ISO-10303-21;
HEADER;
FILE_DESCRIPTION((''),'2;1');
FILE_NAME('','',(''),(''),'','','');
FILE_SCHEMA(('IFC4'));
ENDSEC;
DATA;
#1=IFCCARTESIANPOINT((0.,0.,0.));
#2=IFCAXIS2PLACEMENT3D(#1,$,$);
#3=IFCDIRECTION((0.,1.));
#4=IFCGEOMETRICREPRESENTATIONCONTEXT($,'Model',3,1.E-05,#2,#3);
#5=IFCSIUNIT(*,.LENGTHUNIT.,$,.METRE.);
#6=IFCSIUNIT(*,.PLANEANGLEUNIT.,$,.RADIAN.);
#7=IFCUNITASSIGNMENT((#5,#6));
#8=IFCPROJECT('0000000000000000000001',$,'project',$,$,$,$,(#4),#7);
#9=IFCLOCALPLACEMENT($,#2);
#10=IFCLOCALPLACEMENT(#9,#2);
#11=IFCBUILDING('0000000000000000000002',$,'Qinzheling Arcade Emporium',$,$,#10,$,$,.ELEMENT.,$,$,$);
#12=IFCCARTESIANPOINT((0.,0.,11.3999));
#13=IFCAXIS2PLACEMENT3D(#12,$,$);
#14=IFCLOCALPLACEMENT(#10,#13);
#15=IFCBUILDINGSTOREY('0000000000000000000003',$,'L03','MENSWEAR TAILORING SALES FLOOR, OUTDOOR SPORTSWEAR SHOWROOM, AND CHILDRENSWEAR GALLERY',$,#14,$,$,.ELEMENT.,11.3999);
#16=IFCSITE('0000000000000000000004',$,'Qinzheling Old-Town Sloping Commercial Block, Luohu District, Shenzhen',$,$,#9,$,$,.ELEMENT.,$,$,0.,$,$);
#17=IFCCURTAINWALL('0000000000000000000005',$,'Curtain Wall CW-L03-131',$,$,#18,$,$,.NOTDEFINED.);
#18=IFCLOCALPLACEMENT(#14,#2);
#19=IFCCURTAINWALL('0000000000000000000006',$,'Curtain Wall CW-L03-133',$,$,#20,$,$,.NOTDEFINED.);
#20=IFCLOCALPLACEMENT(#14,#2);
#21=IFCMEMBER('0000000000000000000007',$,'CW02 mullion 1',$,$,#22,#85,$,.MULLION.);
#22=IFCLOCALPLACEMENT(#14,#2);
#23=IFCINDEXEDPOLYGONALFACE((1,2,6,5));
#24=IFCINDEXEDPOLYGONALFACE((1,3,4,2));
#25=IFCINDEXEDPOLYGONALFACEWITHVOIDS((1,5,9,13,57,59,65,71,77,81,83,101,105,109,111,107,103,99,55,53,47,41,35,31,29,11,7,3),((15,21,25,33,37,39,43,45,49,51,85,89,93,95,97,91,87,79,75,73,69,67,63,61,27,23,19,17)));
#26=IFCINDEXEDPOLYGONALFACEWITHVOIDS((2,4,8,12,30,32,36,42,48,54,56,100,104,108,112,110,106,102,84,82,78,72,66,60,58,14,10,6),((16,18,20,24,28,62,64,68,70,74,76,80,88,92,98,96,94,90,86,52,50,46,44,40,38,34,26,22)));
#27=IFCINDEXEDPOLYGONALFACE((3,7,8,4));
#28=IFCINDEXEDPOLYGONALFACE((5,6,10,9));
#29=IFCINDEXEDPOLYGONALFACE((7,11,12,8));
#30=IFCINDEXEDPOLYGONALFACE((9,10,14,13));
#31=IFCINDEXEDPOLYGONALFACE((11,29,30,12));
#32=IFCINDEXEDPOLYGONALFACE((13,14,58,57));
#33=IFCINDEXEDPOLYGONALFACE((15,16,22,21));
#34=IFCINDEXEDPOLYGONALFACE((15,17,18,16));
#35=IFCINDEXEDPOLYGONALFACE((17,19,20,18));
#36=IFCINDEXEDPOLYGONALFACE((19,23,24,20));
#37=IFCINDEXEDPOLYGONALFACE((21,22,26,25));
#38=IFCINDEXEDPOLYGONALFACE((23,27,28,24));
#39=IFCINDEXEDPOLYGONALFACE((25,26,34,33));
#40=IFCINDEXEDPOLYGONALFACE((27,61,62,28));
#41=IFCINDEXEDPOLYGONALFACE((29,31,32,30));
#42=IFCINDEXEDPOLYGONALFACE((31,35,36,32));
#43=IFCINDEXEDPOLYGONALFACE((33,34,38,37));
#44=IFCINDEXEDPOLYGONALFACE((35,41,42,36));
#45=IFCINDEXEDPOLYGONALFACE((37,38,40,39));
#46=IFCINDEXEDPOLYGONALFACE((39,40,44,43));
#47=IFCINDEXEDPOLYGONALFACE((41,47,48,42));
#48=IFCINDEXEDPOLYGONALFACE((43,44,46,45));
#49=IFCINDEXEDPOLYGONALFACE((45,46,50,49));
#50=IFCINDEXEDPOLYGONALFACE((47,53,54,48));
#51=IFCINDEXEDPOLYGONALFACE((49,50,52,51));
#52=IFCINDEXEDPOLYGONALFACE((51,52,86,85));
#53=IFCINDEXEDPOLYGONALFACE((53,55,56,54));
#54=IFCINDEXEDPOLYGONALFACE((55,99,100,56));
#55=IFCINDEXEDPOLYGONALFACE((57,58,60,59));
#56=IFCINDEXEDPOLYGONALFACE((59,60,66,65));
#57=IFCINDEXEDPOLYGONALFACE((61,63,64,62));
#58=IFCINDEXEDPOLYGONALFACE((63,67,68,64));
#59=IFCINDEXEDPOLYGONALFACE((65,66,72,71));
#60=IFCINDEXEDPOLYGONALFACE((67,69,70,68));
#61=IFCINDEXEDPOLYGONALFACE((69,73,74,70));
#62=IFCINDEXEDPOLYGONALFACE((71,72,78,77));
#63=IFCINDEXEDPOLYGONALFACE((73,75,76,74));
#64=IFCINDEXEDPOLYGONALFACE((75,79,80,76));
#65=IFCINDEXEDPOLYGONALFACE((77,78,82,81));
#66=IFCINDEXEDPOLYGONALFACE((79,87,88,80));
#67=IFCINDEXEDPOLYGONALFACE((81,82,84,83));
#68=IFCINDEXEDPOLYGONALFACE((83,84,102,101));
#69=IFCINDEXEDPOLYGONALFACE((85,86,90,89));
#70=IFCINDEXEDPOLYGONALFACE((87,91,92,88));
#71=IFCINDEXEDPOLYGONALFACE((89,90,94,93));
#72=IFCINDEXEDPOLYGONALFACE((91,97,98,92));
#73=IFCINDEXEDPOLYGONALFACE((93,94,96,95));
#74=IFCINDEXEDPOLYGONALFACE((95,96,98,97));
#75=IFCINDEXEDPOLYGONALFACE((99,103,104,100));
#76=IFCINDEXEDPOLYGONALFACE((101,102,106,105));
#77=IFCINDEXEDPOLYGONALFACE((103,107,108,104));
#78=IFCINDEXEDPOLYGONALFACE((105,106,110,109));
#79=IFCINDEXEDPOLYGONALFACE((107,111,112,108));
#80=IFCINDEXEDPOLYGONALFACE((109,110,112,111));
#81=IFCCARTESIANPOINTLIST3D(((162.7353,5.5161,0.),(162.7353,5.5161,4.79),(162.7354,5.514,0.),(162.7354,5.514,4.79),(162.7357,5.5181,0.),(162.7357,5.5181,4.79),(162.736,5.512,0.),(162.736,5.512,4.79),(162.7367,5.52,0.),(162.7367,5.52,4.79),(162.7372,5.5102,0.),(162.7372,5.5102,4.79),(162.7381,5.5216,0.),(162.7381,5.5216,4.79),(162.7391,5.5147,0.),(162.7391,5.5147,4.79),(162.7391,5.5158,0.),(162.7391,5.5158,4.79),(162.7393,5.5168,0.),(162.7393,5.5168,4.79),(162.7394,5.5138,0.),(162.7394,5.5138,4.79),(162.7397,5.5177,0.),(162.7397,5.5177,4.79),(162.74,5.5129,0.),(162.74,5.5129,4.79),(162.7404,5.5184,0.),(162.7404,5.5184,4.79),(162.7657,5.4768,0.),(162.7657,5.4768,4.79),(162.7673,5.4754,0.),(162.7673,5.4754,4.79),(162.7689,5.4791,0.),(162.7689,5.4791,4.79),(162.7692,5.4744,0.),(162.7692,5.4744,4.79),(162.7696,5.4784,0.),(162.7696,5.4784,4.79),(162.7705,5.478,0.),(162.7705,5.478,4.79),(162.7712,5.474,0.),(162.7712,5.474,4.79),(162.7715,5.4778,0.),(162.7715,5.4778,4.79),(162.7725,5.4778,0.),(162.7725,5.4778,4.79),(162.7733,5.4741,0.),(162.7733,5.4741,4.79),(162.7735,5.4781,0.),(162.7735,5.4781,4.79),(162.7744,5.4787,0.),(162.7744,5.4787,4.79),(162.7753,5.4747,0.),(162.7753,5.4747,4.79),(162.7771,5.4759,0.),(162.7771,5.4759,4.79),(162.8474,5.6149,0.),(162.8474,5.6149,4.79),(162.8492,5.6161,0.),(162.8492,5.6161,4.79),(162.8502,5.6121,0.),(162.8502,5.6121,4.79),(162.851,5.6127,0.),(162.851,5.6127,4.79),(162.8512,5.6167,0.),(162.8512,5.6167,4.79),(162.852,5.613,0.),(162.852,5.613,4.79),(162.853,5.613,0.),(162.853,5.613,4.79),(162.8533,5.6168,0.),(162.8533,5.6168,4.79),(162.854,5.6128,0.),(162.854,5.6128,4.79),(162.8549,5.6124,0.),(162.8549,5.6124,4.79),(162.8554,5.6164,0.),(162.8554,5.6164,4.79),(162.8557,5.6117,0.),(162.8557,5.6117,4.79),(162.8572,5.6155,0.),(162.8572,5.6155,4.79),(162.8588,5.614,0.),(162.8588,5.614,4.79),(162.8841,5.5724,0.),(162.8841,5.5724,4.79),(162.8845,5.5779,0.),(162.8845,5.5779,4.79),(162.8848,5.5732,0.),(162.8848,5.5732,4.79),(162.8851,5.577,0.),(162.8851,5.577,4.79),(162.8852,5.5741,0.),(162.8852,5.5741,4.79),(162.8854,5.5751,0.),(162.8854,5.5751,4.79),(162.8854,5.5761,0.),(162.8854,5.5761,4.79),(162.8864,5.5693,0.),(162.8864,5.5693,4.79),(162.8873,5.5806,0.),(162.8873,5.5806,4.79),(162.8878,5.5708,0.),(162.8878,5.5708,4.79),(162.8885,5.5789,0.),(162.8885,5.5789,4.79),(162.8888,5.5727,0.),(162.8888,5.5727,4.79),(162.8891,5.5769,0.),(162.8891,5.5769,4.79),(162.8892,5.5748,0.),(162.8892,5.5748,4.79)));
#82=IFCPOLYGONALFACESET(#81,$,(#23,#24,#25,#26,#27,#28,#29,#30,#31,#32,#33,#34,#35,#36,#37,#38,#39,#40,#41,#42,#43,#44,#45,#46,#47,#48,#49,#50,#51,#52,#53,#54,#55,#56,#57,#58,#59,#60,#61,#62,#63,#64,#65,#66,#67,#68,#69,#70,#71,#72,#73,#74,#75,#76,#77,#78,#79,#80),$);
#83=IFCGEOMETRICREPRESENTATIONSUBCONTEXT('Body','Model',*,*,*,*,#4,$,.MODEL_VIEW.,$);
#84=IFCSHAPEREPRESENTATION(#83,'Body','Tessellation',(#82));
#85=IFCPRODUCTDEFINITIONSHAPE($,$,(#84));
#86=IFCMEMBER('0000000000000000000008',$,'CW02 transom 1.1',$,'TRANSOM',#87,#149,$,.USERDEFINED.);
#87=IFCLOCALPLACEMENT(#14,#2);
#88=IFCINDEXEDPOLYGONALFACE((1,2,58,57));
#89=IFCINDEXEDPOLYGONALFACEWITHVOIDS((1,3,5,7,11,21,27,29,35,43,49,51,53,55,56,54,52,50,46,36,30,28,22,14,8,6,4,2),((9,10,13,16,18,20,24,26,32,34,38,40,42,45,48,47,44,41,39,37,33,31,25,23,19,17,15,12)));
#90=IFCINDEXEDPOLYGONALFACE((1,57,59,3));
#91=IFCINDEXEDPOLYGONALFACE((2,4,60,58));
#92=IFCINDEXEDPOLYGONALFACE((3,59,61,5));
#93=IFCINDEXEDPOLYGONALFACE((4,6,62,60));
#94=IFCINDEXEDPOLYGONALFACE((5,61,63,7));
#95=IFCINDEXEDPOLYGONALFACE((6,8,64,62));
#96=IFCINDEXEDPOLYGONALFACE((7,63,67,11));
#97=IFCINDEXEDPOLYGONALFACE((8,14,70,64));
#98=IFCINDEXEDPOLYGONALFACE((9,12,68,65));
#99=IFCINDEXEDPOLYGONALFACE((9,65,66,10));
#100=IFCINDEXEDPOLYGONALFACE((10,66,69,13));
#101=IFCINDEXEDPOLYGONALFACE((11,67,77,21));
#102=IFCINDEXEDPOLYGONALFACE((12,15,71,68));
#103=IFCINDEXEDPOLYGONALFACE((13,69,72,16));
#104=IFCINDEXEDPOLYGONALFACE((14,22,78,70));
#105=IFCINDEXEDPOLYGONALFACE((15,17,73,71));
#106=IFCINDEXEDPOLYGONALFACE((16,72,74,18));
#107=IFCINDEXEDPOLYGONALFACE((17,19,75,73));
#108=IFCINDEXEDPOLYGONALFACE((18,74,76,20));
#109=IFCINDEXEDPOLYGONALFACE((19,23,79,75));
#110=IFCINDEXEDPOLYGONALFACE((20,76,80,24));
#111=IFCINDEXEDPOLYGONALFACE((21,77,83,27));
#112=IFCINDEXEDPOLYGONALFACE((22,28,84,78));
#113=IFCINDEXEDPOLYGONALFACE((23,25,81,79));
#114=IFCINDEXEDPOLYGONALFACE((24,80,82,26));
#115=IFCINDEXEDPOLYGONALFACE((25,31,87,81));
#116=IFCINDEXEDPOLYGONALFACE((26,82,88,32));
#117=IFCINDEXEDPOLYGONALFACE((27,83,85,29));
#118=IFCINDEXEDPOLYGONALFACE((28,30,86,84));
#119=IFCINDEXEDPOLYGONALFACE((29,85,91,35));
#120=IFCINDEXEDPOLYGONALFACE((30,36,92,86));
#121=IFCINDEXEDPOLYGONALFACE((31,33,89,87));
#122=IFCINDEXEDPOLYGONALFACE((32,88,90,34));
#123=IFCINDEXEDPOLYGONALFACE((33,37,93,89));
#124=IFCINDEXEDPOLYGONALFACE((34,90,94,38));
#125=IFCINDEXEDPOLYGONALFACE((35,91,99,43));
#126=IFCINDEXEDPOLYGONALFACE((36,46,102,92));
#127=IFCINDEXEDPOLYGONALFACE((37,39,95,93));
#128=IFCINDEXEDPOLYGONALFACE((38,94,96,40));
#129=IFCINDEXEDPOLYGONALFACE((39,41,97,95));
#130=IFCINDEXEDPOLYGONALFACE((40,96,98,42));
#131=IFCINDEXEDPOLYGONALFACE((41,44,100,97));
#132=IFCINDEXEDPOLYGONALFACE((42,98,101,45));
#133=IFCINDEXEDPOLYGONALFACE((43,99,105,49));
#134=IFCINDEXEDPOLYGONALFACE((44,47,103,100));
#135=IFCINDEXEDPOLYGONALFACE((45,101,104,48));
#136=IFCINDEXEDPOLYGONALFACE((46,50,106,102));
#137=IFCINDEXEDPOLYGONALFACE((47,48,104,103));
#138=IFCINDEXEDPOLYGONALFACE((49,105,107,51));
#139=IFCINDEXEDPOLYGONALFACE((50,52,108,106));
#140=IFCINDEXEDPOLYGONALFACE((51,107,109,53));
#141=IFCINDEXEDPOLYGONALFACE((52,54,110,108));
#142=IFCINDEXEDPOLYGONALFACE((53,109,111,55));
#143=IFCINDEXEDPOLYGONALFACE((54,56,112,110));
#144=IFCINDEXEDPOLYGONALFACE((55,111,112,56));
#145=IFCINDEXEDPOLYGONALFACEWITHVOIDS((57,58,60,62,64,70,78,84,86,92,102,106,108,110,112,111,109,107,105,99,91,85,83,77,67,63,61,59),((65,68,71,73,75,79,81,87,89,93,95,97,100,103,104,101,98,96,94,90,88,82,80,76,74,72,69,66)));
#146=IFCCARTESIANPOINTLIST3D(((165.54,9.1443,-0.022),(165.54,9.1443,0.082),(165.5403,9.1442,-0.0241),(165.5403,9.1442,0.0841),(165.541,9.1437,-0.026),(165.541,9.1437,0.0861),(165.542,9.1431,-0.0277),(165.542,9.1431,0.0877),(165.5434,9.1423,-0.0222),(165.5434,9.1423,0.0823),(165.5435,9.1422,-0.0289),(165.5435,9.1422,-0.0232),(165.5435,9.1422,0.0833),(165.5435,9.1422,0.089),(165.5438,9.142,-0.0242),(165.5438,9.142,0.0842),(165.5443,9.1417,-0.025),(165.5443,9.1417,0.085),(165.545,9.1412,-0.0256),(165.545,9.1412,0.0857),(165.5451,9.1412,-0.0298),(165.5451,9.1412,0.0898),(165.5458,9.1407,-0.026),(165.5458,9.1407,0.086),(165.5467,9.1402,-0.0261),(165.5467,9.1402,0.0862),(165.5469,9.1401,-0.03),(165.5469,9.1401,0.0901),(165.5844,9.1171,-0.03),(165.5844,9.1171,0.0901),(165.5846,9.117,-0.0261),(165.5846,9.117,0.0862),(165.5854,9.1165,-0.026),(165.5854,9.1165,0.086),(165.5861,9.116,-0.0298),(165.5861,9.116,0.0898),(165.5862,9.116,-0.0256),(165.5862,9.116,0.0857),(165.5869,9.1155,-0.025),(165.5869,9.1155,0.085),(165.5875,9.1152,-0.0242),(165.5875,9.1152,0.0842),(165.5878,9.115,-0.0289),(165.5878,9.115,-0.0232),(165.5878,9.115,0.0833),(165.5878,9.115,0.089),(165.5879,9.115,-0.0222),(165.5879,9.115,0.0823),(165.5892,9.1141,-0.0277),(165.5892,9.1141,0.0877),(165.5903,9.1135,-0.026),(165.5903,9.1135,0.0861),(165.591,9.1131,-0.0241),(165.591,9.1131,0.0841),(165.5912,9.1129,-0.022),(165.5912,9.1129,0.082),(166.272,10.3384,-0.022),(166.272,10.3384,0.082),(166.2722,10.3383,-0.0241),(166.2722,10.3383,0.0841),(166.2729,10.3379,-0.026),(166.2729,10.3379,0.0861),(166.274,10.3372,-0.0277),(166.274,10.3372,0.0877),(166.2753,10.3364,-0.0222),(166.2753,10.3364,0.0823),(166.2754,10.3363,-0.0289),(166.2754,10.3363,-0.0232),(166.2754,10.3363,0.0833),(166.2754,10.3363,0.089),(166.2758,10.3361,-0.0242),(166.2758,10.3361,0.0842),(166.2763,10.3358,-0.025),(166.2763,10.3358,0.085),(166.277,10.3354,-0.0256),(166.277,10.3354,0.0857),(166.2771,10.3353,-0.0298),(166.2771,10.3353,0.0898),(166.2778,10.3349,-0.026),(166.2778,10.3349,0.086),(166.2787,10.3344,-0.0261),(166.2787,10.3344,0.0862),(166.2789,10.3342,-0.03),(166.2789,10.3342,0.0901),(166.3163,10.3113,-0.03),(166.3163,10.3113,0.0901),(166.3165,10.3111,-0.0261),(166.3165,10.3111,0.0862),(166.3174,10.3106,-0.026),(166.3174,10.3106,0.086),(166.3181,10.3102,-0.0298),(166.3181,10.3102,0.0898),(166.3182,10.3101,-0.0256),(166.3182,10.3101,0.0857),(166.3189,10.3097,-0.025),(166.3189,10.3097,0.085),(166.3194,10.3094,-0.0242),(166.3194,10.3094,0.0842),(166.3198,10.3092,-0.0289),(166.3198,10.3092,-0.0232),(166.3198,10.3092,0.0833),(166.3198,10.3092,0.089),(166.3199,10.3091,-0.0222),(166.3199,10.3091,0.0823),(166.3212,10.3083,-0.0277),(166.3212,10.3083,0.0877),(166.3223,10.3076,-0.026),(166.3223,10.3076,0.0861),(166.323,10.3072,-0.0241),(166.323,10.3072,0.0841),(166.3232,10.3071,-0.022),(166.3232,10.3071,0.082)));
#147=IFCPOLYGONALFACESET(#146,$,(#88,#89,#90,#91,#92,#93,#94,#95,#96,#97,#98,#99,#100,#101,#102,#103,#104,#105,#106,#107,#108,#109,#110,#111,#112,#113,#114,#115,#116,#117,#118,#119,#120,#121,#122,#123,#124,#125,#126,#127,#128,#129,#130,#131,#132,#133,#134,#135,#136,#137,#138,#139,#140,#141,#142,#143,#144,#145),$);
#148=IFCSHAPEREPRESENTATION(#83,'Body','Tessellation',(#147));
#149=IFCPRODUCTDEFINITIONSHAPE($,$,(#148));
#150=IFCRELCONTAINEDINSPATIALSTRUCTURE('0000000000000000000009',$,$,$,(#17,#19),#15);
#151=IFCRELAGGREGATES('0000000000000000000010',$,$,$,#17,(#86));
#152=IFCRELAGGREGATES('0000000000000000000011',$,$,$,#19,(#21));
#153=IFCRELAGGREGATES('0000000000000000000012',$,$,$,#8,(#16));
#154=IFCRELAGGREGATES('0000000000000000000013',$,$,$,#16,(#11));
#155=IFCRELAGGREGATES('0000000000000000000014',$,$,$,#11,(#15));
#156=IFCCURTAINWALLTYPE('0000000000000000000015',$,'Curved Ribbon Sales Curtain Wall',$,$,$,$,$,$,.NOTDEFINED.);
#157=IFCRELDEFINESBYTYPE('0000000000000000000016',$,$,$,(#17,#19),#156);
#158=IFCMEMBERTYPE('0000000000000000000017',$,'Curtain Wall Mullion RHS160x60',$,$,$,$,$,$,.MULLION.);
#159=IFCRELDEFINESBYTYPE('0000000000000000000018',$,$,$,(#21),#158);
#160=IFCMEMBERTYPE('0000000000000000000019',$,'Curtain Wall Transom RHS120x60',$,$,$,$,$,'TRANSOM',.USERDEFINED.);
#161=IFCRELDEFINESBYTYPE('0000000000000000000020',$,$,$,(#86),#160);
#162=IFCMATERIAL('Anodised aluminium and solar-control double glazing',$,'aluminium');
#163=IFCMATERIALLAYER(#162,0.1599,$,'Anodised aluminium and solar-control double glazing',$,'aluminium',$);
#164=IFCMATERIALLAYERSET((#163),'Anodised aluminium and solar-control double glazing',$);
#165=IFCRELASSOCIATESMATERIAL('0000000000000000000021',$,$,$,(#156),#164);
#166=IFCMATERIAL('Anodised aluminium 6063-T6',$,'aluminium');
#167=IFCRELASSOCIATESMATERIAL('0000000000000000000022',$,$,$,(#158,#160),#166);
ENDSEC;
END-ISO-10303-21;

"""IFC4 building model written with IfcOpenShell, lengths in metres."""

from ifc_helpers import new_model, si_unit, direction, frame, origin, origin_2d, place, context, subcontext, project, spatial, hollow_rectangle, extrude, material, layer, layer_set, material_profile, profile_set, type_object, element, aggregate, save


model = new_model("IFC4")

# Units and contexts
model_context = context("Model", 3, precision=1e-05, world=origin(), true_north=direction((0.0, 1.0)))
body_context = subcontext(model_context, "Body", "Model", "MODEL_VIEW")
ifc_project = project(units=[si_unit("LENGTHUNIT", "METRE"), si_unit("PLANEANGLEUNIT", "RADIAN")], contexts=[model_context])

# Site, building, storey
site_placement = place(None, origin())
site = spatial("IfcSite", under=ifc_project, at=site_placement, Name="Qinzheling Old-Town Sloping Commercial Block, Luohu District, Shenzhen", CompositionType="ELEMENT", RefElevation=0.0)
building_placement = place(site_placement, origin())
building = spatial("IfcBuilding", under=site, at=building_placement, Name="Qinzheling Arcade Emporium", CompositionType="ELEMENT")
storey_placement = place(building_placement, frame((0.0, 0.0, 11.3999)))
storey = spatial("IfcBuildingStorey", under=building, at=storey_placement, Name="L03", Description="MENSWEAR TAILORING SALES FLOOR, OUTDOOR SPORTSWEAR SHOWROOM, AND CHILDRENSWEAR GALLERY", CompositionType="ELEMENT", Elevation=11.3999)

# Curtain wall
ifc_material_1 = material(Name="Anodised aluminium and solar-control double glazing", Category="aluminium")
ifc_layer_1 = layer(ifc_material_1, 0.1599, Name="Anodised aluminium and solar-control double glazing", Category="aluminium")
ifc_layer_set_1 = layer_set([ifc_layer_1], Name="Anodised aluminium and solar-control double glazing")
curtain_wall_type = type_object("IfcCurtainWallType", Name="Curved Ribbon Sales Curtain Wall", PredefinedType="NOTDEFINED", material=ifc_layer_set_1)
curtain_wall_1_placement = place(storey_placement, origin())
curtain_wall_1 = element("IfcCurtainWall", 1, at=curtain_wall_1_placement, inside=storey, type_object=curtain_wall_type, Name="Curtain Wall CW-L03-131", PredefinedType="NOTDEFINED")
ifc_material_2 = material(Name="Anodised aluminium 6063-T6", Category="aluminium")
ifc_material_profile_1 = material_profile(ifc_material_2, hollow_rectangle(XDim=0.0601, YDim=0.1599, WallThickness=0.0039, InnerFilletRadius=0.0039, OuterFilletRadius=0.0081, at=origin_2d()), Name="RHS 160x60x4", Category="aluminium")
ifc_profile_set_1 = profile_set([ifc_material_profile_1], Name="Anodised aluminium 6063-T6")
member_type_1 = type_object("IfcMemberType", Name="Curtain Wall Mullion RHS160x60", PredefinedType="MULLION", material=ifc_profile_set_1)

# Curtain wall, member
curtain_wall_2_placement = place(storey_placement, origin())
curtain_wall_2 = element("IfcCurtainWall", 2, at=curtain_wall_2_placement, inside=storey, type_object=curtain_wall_type, Name="Curtain Wall CW-L03-133", PredefinedType="NOTDEFINED")
member_1_placement = place(storey_placement, frame((162.8123, 5.5454, 0.0), z_axis=(0.0, 0.0, 1.0), x_axis=(0.649409, -0.760439, 0.0)))
member_1 = element("IfcMember", 3, at=member_1_placement, type_object=member_type_1, Name="CW02 mullion 1", PredefinedType="MULLION", context=body_context, shape_type="SweptSolid", body=[
    extrude(hollow_rectangle(XDim=0.0601, YDim=0.1599, WallThickness=0.0039, InnerFilletRadius=0.0039, OuterFilletRadius=0.0081, at=origin_2d()), origin(), (0.0, 0.0, 1.0), 4.79),
])

# Member
ifc_material_profile_2 = material_profile(ifc_material_2, hollow_rectangle(XDim=0.0601, YDim=0.1201, WallThickness=0.0039, InnerFilletRadius=0.0039, OuterFilletRadius=0.0081, at=origin_2d()), Name="RHS 120x60x4", Category="aluminium")
ifc_profile_set_2 = profile_set([ifc_material_profile_2], Name="Anodised aluminium 6063-T6")
member_type_2 = type_object("IfcMemberType", Name="Curtain Wall Transom RHS120x60", ElementType="TRANSOM", PredefinedType="USERDEFINED", material=ifc_profile_set_2)
member_2_placement = place(storey_placement, frame((166.2976, 10.3228, 0.03), z_axis=(-0.522599, -0.852579, 0.0), x_axis=(0.852579, -0.522599, 0.0)))
member_2 = element("IfcMember", 4, at=member_2_placement, type_object=member_type_2, Name="CW02 transom 1.1", ObjectType="TRANSOM", PredefinedType="USERDEFINED", context=body_context, shape_type="SweptSolid", body=[
    extrude(hollow_rectangle(XDim=0.0601, YDim=0.1201, WallThickness=0.0039, InnerFilletRadius=0.0039, OuterFilletRadius=0.0081, at=origin_2d()), origin(), (0.0, 0.0, 1.0), 1.4006),
])

aggregate(curtain_wall_1, [member_2])
aggregate(curtain_wall_2, [member_1])

save(model, "model.ifc")
